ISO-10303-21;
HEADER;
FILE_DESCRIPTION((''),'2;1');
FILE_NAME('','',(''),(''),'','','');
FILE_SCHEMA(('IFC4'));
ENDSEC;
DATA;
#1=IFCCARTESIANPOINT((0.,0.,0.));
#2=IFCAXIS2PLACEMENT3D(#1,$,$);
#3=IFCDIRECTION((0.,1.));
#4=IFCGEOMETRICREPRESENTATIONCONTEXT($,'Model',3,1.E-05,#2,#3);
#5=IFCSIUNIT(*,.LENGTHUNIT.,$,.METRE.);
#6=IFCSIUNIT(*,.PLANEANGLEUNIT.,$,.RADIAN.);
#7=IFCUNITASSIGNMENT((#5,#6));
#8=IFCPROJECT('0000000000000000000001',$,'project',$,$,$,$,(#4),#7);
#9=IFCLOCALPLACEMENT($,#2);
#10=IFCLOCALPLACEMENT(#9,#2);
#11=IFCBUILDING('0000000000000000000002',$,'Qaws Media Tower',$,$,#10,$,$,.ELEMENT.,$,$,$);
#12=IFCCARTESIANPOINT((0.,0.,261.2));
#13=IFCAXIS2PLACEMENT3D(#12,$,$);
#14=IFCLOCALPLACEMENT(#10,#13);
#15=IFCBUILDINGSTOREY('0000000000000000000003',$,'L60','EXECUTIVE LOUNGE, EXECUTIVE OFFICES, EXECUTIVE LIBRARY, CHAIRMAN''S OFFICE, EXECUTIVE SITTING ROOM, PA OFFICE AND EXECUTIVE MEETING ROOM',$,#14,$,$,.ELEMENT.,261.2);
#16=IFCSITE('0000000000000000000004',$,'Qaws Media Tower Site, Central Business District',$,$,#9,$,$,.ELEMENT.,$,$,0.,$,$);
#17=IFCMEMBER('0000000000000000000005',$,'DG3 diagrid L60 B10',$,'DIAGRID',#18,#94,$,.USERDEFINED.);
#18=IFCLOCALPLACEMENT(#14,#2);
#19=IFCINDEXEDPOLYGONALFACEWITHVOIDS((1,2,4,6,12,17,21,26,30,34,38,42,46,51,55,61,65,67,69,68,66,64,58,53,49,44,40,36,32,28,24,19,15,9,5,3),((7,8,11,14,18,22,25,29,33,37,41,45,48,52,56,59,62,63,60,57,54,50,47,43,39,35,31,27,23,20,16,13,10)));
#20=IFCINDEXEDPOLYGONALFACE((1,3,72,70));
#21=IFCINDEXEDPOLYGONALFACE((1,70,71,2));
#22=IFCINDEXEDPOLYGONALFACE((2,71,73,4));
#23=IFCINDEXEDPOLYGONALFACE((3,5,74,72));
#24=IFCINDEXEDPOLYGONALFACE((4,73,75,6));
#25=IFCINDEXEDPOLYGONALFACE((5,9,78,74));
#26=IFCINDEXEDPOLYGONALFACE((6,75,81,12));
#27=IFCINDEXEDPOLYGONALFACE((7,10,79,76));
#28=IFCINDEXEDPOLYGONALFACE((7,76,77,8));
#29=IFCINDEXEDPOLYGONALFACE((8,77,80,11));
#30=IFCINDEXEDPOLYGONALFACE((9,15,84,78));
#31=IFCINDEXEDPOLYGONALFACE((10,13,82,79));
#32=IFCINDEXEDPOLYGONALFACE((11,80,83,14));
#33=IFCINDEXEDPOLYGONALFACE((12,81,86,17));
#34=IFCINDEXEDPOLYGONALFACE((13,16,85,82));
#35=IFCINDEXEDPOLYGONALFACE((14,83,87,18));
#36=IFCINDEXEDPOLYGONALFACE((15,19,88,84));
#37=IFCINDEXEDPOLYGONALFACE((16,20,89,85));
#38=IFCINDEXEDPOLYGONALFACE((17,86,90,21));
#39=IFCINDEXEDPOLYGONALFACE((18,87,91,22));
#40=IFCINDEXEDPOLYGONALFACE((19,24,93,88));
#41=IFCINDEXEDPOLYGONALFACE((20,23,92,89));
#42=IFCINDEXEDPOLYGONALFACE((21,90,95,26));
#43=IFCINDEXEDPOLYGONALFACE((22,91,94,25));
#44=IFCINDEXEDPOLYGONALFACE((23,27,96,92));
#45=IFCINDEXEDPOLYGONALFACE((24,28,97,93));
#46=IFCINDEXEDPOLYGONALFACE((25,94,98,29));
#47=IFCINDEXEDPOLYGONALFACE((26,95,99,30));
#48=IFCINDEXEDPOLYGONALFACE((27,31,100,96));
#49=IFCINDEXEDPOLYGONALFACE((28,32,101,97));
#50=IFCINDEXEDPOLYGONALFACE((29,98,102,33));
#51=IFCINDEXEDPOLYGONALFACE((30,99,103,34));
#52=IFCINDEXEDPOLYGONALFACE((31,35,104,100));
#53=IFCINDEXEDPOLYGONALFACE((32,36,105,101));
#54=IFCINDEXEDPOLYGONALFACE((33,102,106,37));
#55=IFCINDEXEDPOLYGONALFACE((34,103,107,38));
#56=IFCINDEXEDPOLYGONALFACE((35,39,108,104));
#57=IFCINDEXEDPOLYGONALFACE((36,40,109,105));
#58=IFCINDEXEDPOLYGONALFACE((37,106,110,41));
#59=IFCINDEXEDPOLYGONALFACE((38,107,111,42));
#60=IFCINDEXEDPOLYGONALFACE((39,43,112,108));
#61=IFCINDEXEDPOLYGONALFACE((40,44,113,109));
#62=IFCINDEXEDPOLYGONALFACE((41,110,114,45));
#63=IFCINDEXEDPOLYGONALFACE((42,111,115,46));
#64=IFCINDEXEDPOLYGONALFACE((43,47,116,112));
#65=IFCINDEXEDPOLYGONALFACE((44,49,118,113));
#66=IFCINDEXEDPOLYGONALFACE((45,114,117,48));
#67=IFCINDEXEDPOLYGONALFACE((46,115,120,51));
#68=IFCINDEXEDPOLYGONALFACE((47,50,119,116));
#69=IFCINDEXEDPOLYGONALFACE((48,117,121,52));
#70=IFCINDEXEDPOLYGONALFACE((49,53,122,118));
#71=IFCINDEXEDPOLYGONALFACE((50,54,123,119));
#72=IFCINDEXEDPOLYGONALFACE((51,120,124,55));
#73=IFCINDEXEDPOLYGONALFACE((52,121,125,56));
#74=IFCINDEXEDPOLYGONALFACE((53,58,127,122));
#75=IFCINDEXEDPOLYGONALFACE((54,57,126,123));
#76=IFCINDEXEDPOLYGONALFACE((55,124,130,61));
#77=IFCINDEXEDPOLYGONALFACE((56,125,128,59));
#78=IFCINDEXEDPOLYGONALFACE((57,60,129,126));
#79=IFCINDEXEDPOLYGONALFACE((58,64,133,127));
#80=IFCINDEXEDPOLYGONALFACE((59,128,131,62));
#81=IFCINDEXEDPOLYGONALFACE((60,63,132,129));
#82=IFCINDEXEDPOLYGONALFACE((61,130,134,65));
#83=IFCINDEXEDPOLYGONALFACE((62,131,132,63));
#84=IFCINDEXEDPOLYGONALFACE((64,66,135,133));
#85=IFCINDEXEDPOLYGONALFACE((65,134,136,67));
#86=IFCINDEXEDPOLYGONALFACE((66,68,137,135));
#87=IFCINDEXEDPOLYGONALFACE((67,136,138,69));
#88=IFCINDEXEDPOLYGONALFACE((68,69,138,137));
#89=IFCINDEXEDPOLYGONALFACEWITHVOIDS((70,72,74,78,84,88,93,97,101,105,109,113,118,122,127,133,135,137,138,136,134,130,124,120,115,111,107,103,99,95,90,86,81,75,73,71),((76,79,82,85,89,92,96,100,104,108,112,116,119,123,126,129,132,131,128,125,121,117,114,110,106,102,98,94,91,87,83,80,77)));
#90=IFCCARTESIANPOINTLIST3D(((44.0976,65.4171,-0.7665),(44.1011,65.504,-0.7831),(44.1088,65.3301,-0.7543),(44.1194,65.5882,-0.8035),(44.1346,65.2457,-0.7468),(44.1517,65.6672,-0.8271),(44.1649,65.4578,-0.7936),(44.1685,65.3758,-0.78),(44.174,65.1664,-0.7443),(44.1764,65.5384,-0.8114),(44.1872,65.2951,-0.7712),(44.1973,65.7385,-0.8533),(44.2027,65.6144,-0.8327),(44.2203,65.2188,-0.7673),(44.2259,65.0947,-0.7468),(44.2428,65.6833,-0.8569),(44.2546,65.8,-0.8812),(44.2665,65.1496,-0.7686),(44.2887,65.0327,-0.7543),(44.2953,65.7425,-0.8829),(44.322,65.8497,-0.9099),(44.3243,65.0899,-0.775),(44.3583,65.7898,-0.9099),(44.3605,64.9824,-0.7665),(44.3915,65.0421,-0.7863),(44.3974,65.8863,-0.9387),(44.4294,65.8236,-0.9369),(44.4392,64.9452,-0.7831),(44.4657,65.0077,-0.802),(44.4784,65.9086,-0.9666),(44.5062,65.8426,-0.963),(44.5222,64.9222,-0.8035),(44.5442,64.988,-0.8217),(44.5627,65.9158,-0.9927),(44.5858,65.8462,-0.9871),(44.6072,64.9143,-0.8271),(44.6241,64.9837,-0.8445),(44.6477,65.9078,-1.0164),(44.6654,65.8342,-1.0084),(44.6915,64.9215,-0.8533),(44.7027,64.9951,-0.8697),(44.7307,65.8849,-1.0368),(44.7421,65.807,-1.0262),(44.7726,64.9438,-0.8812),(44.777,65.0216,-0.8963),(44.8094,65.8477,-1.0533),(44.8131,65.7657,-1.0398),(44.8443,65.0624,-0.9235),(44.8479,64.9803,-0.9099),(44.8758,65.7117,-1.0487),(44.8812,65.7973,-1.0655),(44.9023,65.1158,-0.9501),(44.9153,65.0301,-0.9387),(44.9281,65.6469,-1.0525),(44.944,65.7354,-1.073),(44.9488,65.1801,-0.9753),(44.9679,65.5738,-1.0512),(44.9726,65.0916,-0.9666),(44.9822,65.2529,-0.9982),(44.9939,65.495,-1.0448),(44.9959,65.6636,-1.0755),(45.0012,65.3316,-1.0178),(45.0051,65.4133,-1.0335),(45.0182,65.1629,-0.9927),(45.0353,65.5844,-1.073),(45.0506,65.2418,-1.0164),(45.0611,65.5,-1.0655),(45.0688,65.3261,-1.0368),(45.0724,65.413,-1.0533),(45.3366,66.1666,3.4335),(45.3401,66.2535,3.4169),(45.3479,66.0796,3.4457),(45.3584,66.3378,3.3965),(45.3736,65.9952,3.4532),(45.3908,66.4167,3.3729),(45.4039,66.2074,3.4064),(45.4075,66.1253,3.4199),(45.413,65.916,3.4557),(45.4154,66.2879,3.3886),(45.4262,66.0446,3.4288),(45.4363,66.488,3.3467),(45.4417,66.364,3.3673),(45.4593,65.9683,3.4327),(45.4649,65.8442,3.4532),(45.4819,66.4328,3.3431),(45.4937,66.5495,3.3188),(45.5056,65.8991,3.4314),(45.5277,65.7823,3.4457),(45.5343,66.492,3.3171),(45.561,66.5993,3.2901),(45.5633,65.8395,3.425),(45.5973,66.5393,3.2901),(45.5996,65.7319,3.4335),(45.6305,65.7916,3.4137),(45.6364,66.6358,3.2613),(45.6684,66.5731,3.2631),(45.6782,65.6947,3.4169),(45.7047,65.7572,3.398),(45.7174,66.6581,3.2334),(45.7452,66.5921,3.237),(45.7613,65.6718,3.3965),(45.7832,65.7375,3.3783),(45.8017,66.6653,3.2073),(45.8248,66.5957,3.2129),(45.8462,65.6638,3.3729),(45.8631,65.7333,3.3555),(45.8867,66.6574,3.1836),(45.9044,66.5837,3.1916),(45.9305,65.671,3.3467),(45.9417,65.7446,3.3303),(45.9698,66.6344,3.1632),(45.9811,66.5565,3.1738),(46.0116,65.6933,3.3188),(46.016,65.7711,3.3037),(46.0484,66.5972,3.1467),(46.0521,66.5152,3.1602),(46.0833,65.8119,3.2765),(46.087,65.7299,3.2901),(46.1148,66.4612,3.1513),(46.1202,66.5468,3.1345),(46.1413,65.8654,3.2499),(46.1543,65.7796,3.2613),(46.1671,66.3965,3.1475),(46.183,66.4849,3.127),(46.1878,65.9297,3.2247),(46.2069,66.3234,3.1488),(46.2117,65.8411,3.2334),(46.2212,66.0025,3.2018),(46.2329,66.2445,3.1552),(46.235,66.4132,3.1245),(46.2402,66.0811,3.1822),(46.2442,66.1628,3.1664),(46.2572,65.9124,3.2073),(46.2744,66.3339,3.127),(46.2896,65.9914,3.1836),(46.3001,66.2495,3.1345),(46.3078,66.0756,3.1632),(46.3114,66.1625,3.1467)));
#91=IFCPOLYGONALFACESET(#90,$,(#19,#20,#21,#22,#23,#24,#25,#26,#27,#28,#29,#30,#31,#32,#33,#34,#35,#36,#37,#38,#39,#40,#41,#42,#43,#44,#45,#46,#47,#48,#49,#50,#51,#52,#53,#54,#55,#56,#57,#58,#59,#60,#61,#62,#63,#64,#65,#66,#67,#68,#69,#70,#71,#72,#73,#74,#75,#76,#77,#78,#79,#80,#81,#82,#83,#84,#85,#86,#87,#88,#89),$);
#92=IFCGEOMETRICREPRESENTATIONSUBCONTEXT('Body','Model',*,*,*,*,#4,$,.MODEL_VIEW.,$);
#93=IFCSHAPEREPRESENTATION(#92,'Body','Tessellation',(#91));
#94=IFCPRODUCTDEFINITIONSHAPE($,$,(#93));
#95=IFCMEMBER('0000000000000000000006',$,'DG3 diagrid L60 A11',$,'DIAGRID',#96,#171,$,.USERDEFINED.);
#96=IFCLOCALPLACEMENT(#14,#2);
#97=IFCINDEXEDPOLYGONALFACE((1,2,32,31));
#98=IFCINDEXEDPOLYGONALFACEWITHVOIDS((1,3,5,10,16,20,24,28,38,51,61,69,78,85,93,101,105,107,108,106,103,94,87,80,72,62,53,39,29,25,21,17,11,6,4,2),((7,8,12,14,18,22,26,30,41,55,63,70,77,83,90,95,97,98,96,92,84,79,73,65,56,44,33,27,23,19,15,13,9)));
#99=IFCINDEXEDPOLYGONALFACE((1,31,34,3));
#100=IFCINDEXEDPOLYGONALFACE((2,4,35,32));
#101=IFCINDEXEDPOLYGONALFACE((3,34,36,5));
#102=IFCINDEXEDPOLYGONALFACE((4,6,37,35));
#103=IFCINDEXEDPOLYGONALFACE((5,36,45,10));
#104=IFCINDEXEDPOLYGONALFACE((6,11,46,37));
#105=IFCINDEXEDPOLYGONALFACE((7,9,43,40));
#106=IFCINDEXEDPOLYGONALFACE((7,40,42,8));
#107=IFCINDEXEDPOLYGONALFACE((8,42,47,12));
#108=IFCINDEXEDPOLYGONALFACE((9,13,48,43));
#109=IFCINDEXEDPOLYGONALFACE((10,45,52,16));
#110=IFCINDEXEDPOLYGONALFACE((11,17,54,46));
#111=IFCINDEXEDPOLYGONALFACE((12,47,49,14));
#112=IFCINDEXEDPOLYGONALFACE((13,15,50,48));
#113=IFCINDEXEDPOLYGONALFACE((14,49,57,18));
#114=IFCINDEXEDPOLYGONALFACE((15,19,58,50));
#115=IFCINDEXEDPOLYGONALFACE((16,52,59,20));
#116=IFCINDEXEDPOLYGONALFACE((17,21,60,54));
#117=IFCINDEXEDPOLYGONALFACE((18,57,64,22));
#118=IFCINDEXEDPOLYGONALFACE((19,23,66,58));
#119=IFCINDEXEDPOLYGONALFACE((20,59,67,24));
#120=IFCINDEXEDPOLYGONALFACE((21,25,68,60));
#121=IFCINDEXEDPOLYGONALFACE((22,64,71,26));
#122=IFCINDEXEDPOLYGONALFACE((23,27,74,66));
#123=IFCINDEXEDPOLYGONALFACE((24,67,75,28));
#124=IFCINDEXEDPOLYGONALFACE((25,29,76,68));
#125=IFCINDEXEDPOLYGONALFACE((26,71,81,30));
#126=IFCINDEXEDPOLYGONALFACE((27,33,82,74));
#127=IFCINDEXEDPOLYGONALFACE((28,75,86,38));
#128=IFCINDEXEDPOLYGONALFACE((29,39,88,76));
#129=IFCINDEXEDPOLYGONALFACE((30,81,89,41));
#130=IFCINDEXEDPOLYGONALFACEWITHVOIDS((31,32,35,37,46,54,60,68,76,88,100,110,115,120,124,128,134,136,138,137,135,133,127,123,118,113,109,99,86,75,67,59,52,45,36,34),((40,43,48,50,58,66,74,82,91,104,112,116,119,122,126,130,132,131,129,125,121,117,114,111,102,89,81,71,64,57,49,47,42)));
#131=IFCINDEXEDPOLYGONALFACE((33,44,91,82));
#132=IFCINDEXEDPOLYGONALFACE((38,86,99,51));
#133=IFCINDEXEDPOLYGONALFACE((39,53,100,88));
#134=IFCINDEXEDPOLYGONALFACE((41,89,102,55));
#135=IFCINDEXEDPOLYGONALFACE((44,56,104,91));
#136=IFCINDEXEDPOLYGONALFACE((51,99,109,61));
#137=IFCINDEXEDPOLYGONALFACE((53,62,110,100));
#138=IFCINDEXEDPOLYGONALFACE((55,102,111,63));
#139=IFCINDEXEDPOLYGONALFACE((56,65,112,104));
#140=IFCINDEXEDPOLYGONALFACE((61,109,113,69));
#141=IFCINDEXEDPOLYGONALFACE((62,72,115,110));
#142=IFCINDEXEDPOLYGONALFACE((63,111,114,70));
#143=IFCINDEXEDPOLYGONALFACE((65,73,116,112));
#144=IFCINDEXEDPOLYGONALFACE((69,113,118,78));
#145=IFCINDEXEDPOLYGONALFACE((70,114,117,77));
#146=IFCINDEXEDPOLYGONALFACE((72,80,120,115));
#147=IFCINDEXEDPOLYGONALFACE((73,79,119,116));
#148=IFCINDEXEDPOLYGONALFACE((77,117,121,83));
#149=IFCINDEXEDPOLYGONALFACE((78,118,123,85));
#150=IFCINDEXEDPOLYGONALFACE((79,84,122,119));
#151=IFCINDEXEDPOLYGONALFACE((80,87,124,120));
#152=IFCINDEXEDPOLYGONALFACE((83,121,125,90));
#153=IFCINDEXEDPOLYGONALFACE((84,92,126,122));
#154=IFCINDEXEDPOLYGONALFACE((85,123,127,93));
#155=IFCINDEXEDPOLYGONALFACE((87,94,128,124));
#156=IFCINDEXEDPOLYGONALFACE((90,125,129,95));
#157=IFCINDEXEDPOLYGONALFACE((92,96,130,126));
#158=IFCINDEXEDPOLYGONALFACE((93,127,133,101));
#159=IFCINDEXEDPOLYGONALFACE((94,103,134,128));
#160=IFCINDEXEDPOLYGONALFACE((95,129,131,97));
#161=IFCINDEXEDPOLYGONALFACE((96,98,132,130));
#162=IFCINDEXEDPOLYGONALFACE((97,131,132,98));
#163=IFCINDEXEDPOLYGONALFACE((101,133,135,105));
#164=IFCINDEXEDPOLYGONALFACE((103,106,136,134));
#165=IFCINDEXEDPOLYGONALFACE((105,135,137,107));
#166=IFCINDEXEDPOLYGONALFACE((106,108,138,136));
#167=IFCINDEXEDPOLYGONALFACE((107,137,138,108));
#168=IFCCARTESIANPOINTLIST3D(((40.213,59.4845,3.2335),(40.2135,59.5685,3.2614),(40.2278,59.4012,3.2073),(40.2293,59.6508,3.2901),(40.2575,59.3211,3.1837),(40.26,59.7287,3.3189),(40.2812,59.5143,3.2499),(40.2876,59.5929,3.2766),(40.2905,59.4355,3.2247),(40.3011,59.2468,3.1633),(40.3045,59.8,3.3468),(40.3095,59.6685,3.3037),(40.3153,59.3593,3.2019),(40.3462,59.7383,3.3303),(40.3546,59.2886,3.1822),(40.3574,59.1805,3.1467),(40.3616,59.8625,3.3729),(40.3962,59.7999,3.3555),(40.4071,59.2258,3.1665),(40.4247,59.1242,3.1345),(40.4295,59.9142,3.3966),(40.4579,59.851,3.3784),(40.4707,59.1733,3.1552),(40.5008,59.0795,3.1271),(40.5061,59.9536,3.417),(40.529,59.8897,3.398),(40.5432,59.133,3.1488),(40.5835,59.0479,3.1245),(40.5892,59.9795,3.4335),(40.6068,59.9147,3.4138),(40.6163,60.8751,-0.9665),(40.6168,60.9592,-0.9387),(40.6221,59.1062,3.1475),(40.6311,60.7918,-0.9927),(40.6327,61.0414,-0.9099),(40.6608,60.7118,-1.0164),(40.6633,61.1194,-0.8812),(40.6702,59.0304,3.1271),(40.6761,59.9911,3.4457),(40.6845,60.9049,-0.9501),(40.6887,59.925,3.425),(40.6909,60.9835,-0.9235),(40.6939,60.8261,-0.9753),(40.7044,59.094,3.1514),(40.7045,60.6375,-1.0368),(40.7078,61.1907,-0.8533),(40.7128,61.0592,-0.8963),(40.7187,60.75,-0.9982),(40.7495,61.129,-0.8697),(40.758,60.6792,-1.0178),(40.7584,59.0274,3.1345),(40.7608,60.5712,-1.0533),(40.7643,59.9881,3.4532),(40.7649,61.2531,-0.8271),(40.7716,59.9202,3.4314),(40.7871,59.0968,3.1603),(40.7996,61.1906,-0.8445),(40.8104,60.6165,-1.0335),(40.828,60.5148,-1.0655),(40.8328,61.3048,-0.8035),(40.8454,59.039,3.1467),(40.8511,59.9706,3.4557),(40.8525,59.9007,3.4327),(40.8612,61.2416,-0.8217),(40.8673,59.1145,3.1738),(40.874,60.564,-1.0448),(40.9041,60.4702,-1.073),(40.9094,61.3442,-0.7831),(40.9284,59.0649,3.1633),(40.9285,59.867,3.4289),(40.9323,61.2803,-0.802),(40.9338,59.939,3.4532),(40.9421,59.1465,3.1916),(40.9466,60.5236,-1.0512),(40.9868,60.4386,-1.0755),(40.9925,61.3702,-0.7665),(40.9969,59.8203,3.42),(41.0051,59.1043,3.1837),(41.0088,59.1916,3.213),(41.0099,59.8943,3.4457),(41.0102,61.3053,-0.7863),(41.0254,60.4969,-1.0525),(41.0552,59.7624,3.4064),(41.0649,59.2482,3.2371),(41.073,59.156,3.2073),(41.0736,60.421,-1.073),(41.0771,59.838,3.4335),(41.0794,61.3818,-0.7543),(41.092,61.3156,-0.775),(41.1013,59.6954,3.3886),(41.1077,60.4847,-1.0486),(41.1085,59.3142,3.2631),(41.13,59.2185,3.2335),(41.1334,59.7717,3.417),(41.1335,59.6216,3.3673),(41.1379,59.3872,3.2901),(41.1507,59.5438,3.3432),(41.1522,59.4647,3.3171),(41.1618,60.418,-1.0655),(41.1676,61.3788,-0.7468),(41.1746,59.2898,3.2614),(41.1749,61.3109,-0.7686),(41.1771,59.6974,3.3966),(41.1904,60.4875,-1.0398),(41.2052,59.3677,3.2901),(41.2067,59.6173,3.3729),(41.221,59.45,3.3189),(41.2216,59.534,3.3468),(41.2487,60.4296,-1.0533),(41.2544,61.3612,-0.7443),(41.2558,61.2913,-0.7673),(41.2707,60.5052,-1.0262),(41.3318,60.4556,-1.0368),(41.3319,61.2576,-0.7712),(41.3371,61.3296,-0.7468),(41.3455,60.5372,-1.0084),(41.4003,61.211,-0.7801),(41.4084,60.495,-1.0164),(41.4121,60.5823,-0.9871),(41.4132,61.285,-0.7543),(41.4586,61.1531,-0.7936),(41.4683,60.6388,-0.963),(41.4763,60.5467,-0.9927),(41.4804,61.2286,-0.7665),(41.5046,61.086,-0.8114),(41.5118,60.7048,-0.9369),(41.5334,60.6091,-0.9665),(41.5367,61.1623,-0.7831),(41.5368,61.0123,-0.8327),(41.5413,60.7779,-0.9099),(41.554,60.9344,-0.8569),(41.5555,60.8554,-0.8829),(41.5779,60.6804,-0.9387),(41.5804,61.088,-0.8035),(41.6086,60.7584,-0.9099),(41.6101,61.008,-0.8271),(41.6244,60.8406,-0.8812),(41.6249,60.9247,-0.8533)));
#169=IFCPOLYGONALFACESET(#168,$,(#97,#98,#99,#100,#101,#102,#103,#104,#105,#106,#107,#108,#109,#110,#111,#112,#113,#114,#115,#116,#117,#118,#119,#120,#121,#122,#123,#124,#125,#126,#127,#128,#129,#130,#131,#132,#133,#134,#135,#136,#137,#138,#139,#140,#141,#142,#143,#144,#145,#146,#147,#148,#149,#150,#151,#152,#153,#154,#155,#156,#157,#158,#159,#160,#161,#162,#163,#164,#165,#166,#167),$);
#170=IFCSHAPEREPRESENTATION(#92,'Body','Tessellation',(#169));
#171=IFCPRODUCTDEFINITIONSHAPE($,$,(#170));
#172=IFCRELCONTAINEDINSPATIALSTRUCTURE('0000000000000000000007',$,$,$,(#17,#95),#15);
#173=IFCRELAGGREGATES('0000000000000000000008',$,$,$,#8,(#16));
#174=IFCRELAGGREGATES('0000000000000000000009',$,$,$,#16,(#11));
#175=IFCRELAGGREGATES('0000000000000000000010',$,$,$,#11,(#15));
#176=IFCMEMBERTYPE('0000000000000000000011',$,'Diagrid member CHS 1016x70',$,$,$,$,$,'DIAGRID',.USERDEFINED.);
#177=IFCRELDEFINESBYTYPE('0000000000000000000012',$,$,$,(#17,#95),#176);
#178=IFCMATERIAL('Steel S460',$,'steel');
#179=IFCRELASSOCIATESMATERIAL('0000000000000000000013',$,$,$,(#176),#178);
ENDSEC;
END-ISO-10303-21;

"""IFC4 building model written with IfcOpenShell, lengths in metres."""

from ifc_helpers import new_model, si_unit, direction, frame, origin, origin_2d, place, context, subcontext, project, spatial, hollow_circle, extrude, material, material_profile, profile_set, type_object, element, save


model = new_model("IFC4")

# Units and contexts
model_context = context("Model", 3, precision=1e-05, world=origin(), true_north=direction((0.0, 1.0)))
body_context = subcontext(model_context, "Body", "Model", "MODEL_VIEW")
ifc_project = project(units=[si_unit("LENGTHUNIT", "METRE"), si_unit("PLANEANGLEUNIT", "RADIAN")], contexts=[model_context])

# Site, building, storey
site_placement = place(None, origin())
site = spatial("IfcSite", under=ifc_project, at=site_placement, Name="Qaws Media Tower Site, Central Business District", CompositionType="ELEMENT", RefElevation=0.0)
building_placement = place(site_placement, origin())
building = spatial("IfcBuilding", under=site, at=building_placement, Name="Qaws Media Tower", CompositionType="ELEMENT")
storey_placement = place(building_placement, frame((0.0, 0.0, 261.2)))
storey = spatial("IfcBuildingStorey", under=building, at=storey_placement, Name="L60", Description="EXECUTIVE LOUNGE, EXECUTIVE OFFICES, EXECUTIVE LIBRARY, CHAIRMAN'S OFFICE, EXECUTIVE SITTING ROOM, PA OFFICE AND EXECUTIVE MEETING ROOM", CompositionType="ELEMENT", Elevation=261.2)

# Members
ifc_material_1 = material(Name="Steel S460", Category="steel")
ifc_material_profile_1 = material_profile(ifc_material_1, hollow_circle(Radius=0.5081, WallThickness=0.0701, at=origin_2d()), Name="CHS 1016x70")
ifc_profile_set_1 = profile_set([ifc_material_profile_1], Name="Steel S460")
member_type_1 = type_object("IfcMemberType", Name="Diagrid member CHS 1016x70", ElementType="DIAGRID", PredefinedType="USERDEFINED", material=ifc_profile_set_1)
for number, where, z_axis, x_axis, name in (
    (1, (44.585, 65.415, -0.9099), (0.278895, 0.168711, 0.945386), (-0.517592, 0.855628, 0.0), "DG3 diagrid L60 B10"),
    (2, (41.1206, 60.8999, -0.9099), (-0.090786, -0.313025, 0.945396), (0.960422, -0.278549, 0.0), "DG3 diagrid L60 A11"),
):
    element("IfcMember", number, at=place(storey_placement, frame(where, z_axis=z_axis, x_axis=x_axis)), inside=storey, type_object=member_type_1, Name=name, ObjectType="DIAGRID", PredefinedType="USERDEFINED", context=body_context, shape_type="SweptSolid", body=[
        extrude(hollow_circle(Radius=0.5081, WallThickness=0.0701, at=origin_2d()), origin(), (0.0, 0.0, 1.0), 4.4426),
    ])

save(model, "model.ifc")
